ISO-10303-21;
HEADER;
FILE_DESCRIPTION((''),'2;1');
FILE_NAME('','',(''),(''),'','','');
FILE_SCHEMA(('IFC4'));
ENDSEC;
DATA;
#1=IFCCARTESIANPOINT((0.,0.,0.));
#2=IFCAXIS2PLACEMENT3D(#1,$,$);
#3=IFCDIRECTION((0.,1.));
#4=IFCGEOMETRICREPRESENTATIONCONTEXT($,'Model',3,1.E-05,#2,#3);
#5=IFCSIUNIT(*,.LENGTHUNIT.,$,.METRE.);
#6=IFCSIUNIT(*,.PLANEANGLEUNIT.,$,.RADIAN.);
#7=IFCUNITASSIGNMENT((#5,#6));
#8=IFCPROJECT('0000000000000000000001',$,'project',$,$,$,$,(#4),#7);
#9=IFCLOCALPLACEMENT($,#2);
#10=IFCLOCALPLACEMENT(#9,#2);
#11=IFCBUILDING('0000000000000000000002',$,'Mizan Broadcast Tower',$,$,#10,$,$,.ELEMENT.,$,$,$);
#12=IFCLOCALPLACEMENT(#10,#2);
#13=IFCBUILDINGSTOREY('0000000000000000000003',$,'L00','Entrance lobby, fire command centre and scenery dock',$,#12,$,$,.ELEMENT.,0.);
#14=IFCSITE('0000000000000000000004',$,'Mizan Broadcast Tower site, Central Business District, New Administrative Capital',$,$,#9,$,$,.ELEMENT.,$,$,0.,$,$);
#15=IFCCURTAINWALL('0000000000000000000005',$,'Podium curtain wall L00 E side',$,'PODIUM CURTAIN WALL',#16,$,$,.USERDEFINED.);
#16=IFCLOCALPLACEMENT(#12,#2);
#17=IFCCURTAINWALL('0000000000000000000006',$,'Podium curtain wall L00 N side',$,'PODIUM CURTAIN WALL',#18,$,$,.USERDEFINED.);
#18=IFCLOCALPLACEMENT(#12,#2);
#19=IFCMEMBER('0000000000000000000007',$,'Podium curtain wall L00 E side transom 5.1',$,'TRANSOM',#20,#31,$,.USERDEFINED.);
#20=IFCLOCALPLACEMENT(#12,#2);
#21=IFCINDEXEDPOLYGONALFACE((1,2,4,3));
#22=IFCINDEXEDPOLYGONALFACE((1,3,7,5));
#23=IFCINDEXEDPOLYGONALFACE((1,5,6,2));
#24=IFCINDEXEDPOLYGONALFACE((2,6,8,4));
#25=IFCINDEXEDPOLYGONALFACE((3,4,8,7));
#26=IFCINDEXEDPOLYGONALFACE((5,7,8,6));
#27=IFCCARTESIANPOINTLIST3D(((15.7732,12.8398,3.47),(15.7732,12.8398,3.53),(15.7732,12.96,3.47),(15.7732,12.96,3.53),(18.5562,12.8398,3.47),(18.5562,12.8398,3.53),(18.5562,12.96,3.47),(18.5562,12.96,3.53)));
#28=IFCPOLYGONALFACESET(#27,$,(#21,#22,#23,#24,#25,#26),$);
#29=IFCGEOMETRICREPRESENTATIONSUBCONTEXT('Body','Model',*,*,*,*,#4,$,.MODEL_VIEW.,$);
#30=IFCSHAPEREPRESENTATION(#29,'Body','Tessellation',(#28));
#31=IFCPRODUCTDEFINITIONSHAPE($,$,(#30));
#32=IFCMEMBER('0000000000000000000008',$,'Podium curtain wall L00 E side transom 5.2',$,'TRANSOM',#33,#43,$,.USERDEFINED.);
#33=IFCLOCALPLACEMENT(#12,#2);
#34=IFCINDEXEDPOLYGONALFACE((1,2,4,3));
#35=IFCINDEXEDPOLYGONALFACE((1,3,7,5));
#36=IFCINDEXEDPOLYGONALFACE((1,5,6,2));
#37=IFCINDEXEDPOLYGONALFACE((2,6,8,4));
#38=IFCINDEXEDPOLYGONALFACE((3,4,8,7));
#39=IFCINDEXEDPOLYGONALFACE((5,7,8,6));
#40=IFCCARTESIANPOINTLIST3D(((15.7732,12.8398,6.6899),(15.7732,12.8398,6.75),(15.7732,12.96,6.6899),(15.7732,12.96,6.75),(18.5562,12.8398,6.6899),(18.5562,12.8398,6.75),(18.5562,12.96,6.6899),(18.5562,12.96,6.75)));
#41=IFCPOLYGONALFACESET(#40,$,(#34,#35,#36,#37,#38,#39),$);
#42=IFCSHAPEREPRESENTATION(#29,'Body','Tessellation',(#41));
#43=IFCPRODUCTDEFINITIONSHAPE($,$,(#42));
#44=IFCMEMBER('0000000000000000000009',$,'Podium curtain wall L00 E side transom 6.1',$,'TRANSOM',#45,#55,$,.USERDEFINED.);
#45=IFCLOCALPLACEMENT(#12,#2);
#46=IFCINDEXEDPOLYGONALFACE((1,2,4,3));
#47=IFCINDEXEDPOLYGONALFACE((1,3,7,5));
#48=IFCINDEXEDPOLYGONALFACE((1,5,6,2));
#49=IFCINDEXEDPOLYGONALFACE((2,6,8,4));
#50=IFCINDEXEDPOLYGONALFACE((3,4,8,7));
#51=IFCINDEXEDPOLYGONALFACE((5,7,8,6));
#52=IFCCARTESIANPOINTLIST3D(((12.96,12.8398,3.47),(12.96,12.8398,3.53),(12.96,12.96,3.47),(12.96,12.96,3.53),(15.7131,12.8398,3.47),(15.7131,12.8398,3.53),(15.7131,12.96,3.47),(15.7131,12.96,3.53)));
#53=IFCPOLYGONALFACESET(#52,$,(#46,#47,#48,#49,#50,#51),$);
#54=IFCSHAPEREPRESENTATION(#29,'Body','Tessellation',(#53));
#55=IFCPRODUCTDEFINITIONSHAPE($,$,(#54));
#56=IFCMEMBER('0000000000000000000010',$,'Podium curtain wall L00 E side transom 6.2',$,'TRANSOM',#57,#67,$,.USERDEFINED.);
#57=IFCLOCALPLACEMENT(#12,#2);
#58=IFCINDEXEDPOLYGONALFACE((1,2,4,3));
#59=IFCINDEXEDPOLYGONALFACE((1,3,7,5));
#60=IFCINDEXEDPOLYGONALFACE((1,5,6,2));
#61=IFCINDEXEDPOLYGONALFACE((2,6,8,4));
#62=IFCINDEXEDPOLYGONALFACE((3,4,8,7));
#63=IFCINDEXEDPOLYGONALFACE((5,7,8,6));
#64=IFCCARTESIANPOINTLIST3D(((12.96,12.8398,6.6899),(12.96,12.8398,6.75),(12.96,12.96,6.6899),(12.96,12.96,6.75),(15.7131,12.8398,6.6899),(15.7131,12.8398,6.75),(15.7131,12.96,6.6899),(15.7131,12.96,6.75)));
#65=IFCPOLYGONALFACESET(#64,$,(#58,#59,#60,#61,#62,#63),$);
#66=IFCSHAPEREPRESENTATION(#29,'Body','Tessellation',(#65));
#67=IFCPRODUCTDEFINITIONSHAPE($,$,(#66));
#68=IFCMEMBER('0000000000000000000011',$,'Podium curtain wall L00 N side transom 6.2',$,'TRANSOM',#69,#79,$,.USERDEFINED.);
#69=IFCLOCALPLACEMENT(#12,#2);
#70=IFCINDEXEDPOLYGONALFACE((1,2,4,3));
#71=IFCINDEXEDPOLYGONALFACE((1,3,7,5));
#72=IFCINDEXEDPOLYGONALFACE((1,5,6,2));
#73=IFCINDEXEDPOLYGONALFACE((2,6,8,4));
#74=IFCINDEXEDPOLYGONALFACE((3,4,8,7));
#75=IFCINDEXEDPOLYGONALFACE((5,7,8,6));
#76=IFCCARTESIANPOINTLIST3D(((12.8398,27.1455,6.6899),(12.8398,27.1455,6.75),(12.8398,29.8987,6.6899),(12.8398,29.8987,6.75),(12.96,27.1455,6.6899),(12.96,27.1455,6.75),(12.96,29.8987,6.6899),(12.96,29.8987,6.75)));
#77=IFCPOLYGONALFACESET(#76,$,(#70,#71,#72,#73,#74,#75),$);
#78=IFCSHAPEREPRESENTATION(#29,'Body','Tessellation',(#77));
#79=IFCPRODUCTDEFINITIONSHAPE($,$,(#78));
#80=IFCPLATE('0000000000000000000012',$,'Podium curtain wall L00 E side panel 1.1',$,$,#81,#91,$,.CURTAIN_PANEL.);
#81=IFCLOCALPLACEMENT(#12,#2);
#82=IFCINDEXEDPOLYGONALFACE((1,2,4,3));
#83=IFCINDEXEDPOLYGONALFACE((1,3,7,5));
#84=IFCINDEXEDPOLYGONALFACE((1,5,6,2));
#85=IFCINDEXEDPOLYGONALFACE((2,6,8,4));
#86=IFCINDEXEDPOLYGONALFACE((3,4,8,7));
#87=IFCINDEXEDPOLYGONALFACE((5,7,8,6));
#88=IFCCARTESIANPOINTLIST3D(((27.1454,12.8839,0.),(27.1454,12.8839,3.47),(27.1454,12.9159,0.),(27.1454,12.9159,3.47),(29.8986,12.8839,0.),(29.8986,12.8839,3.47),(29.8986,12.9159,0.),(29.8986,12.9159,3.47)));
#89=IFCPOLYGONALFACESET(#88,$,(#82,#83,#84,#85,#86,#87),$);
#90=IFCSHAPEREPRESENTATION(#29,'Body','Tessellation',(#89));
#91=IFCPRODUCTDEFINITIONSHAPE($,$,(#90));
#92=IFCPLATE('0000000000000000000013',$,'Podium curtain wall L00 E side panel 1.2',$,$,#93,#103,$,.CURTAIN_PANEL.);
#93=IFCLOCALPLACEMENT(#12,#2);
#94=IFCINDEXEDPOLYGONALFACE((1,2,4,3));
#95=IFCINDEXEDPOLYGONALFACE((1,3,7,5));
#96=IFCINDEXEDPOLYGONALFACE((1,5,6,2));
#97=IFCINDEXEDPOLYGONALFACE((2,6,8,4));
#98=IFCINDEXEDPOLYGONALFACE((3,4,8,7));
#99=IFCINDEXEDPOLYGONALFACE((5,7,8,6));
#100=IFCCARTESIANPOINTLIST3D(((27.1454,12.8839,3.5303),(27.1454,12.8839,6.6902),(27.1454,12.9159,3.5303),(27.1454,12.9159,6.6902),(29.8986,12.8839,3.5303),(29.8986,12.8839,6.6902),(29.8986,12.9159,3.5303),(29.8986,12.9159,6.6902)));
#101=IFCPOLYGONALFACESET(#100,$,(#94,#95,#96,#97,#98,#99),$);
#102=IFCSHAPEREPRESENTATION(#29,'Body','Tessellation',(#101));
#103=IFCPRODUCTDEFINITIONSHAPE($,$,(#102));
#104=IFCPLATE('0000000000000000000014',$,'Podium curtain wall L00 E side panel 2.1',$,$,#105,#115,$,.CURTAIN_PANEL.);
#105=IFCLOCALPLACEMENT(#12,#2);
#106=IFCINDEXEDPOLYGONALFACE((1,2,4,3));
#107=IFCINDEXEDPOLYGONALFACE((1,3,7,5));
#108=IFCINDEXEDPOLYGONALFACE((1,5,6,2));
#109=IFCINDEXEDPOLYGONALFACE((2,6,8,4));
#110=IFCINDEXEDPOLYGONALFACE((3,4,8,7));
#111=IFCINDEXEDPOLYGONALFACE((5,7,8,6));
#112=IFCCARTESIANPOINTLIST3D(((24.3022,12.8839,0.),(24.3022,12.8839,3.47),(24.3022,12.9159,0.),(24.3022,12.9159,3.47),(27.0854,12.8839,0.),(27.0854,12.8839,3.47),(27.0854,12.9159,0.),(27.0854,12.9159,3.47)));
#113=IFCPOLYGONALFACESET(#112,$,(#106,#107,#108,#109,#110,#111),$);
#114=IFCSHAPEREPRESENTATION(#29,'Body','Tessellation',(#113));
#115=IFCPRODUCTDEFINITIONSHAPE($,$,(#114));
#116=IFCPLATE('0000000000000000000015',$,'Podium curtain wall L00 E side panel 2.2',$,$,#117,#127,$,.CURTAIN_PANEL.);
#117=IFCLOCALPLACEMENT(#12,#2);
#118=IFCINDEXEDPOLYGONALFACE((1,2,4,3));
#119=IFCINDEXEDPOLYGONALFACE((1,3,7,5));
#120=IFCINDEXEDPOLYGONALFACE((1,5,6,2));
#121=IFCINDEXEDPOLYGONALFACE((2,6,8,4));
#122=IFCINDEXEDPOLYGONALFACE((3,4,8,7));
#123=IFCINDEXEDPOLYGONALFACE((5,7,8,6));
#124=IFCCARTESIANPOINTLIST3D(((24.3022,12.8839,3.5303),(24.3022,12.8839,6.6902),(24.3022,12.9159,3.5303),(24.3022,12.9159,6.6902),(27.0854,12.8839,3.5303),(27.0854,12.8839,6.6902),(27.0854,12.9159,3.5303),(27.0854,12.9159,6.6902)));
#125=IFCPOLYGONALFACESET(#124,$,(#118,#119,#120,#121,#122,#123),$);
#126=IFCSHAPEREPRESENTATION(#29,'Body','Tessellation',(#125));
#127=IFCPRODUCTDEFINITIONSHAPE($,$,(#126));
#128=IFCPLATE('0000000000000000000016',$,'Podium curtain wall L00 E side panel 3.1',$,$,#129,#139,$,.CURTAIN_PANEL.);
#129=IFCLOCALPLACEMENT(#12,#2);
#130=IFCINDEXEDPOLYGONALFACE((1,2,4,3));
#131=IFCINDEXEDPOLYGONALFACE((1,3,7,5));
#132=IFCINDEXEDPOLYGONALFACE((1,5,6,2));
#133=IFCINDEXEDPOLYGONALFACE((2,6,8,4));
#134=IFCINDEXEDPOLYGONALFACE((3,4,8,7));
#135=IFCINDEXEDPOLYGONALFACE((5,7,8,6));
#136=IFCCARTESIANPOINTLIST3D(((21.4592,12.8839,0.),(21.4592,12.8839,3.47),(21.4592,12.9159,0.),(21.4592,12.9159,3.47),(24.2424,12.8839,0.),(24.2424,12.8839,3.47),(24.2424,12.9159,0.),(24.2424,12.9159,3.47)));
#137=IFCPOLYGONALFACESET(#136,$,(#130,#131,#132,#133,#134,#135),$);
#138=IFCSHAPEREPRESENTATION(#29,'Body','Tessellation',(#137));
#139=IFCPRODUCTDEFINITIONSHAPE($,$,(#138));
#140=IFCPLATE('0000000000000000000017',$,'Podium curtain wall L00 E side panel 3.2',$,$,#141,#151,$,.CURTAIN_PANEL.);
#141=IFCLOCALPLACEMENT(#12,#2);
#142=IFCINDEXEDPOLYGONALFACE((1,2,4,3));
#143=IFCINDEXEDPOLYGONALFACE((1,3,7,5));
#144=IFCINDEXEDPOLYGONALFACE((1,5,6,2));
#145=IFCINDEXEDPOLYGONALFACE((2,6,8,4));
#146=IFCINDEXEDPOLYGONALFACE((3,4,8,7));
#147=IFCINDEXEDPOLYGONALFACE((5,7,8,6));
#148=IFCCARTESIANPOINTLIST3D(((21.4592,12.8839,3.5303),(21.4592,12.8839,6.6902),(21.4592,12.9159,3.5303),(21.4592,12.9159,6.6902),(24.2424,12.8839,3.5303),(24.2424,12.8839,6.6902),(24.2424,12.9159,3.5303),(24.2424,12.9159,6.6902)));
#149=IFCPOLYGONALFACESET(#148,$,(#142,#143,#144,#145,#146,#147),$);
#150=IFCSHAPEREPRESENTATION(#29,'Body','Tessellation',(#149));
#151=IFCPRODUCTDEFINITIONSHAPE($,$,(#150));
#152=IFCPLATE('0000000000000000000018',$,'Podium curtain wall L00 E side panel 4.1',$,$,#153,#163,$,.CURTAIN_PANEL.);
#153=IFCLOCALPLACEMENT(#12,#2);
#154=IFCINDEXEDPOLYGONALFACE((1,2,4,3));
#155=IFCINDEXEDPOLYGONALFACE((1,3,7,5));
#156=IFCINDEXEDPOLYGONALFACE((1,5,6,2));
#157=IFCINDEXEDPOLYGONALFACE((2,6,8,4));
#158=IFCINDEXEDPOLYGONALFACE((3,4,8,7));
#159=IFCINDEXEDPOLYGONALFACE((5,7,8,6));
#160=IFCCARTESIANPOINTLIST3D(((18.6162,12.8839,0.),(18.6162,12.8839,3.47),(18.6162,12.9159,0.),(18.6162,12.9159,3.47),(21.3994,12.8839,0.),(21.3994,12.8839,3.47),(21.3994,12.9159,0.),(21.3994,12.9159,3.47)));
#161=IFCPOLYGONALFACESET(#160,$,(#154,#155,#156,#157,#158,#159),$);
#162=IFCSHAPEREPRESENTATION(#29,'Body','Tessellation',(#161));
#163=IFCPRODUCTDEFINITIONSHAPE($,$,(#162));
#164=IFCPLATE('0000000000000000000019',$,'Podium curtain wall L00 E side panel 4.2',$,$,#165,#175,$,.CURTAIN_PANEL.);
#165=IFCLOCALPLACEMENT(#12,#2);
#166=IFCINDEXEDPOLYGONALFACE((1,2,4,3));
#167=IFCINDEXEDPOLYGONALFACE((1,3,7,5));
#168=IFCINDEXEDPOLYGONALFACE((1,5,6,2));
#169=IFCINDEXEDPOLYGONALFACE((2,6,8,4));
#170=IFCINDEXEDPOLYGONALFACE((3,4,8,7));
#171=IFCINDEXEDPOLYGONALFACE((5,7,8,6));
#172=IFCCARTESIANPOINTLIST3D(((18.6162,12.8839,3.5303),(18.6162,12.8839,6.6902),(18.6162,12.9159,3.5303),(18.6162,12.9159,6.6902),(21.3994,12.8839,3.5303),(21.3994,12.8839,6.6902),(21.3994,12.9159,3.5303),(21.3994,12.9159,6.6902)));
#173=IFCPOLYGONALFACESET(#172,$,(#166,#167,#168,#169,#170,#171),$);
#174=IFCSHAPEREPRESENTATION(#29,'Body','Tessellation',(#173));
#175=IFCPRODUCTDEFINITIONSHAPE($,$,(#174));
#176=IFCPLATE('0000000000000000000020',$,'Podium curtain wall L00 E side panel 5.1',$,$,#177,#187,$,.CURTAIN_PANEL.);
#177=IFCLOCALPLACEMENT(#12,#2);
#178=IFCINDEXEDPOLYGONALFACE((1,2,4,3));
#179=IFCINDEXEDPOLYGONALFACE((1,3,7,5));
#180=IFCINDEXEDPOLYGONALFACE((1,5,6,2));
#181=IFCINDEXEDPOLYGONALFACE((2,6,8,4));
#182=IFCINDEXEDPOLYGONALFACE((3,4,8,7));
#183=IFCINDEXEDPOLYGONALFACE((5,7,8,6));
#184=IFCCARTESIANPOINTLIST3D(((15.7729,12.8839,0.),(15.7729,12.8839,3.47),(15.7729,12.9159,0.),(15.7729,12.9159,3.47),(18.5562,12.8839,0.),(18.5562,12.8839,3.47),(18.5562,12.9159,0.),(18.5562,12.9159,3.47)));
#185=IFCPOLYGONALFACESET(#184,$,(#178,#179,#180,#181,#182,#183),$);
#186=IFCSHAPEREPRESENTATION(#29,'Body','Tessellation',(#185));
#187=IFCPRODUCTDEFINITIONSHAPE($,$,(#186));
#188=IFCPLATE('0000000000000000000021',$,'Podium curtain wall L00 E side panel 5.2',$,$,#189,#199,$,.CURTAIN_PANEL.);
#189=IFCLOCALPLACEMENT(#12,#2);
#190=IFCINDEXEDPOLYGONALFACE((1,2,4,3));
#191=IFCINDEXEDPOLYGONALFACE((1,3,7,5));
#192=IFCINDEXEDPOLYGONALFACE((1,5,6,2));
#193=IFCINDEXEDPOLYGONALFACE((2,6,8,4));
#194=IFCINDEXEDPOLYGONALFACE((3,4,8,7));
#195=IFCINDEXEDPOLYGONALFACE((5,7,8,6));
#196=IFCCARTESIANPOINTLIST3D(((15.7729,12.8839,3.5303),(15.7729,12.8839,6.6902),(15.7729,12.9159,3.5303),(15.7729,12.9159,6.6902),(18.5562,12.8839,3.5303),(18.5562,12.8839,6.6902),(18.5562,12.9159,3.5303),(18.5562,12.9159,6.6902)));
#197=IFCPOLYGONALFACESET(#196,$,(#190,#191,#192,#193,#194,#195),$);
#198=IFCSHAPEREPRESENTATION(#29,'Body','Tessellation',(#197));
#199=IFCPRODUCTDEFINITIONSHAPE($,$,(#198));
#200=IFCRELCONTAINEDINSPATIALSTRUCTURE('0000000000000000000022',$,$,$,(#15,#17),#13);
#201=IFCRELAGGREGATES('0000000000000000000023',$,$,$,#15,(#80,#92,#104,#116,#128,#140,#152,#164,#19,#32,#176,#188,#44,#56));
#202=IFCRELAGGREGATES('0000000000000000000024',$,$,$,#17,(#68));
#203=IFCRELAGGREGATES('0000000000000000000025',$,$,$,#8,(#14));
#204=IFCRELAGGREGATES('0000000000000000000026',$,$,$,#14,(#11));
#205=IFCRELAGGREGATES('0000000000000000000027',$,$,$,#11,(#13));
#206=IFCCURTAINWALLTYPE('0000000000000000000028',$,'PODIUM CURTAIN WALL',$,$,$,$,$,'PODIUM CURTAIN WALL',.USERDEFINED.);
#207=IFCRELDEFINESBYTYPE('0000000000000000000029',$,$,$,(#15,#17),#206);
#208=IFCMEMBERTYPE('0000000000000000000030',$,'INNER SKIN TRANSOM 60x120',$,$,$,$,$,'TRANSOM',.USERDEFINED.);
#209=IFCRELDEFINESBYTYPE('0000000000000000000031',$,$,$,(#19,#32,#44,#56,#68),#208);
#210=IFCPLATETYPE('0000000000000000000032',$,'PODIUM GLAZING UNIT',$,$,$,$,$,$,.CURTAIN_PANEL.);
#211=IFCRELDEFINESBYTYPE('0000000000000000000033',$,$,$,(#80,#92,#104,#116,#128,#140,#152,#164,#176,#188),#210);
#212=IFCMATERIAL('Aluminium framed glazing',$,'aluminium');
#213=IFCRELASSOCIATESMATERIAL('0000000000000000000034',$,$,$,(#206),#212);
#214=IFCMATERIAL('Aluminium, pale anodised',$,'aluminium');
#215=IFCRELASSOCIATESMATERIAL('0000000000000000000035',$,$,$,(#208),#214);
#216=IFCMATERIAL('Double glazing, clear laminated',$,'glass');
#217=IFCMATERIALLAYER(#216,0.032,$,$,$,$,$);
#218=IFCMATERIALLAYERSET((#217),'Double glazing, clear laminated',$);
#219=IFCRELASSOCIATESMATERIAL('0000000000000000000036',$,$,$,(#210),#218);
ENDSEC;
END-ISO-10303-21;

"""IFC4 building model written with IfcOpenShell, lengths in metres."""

from ifc_helpers import new_model, si_unit, direction, frame, origin, origin_2d, place, context, subcontext, project, spatial, rectangle, extrude, material, layer, layer_set, material_profile, profile_set, type_object, element, aggregate, save


model = new_model("IFC4")

# Units and contexts
model_context = context("Model", 3, precision=1e-05, world=origin(), true_north=direction((0.0, 1.0)))
body_context = subcontext(model_context, "Body", "Model", "MODEL_VIEW")
ifc_project = project(units=[si_unit("LENGTHUNIT", "METRE"), si_unit("PLANEANGLEUNIT", "RADIAN")], contexts=[model_context])

# Site, building, storey
site_placement = place(None, origin())
site = spatial("IfcSite", under=ifc_project, at=site_placement, Name="Mizan Broadcast Tower site, Central Business District, New Administrative Capital", CompositionType="ELEMENT", RefElevation=0.0)
building_placement = place(site_placement, origin())
building = spatial("IfcBuilding", under=site, at=building_placement, Name="Mizan Broadcast Tower", CompositionType="ELEMENT")
storey_placement = place(building_placement, origin())
storey = spatial("IfcBuildingStorey", under=building, at=storey_placement, Name="L00", Description="Entrance lobby, fire command centre and scenery dock", CompositionType="ELEMENT", Elevation=0.0)

# Curtain wall
ifc_material_1 = material(Name="Aluminium framed glazing", Category="aluminium")
curtain_wall_type = type_object("IfcCurtainWallType", Name="PODIUM CURTAIN WALL", ElementType="PODIUM CURTAIN WALL", PredefinedType="USERDEFINED", material=ifc_material_1)
curtain_wall_1_placement = place(storey_placement, origin())
curtain_wall_1 = element("IfcCurtainWall", 1, at=curtain_wall_1_placement, inside=storey, type_object=curtain_wall_type, Name="Podium curtain wall L00 E side", ObjectType="PODIUM CURTAIN WALL", PredefinedType="USERDEFINED")

# Curtain wall
curtain_wall_2_placement = place(storey_placement, origin())
curtain_wall_2 = element("IfcCurtainWall", 2, at=curtain_wall_2_placement, inside=storey, type_object=curtain_wall_type, Name="Podium curtain wall L00 N side", ObjectType="PODIUM CURTAIN WALL", PredefinedType="USERDEFINED")

# Members
ifc_material_2 = material(Name="Aluminium, pale anodised", Category="aluminium")
ifc_material_profile_1 = material_profile(ifc_material_2, rectangle(XDim=0.1201, YDim=0.0601, at=origin_2d()), Name="TRANSOM 120x60")
ifc_profile_set_1 = profile_set([ifc_material_profile_1], Name="Aluminium, pale anodised")
member_type_1 = type_object("IfcMemberType", Name="INNER SKIN TRANSOM 60x120", ElementType="TRANSOM", PredefinedType="USERDEFINED", material=ifc_profile_set_1)
member_1_placement = place(storey_placement, frame((18.5562, 12.8999, 3.5), z_axis=(-1.0, 0.0, 0.0), x_axis=(0.0, -1.0, 0.0)))
member_1 = element("IfcMember", 3, at=member_1_placement, type_object=member_type_1, Name="Podium curtain wall L00 E side transom 5.1", ObjectType="TRANSOM", PredefinedType="USERDEFINED", context=body_context, shape_type="SweptSolid", body=[
    extrude(rectangle(XDim=0.1201, YDim=0.0601, at=origin_2d()), origin(), (0.0, 0.0, 1.0), 2.783),
])
member_2_placement = place(storey_placement, frame((18.5562, 12.8999, 6.72), z_axis=(-1.0, 0.0, 0.0), x_axis=(0.0, -1.0, 0.0)))
member_2 = element("IfcMember", 4, at=member_2_placement, type_object=member_type_1, Name="Podium curtain wall L00 E side transom 5.2", ObjectType="TRANSOM", PredefinedType="USERDEFINED", context=body_context, shape_type="SweptSolid", body=[
    extrude(rectangle(XDim=0.1201, YDim=0.0601, at=origin_2d()), origin(), (0.0, 0.0, 1.0), 2.783),
])
member_3_placement = place(storey_placement, frame((15.7131, 12.8999, 3.5), z_axis=(-1.0, 0.0, 0.0), x_axis=(0.0, -1.0, 0.0)))
member_3 = element("IfcMember", 5, at=member_3_placement, type_object=member_type_1, Name="Podium curtain wall L00 E side transom 6.1", ObjectType="TRANSOM", PredefinedType="USERDEFINED", context=body_context, shape_type="SweptSolid", body=[
    extrude(rectangle(XDim=0.1201, YDim=0.0601, at=origin_2d()), origin(), (0.0, 0.0, 1.0), 2.7532),
])
member_4_placement = place(storey_placement, frame((15.7131, 12.8999, 6.72), z_axis=(-1.0, 0.0, 0.0), x_axis=(0.0, -1.0, 0.0)))
member_4 = element("IfcMember", 6, at=member_4_placement, type_object=member_type_1, Name="Podium curtain wall L00 E side transom 6.2", ObjectType="TRANSOM", PredefinedType="USERDEFINED", context=body_context, shape_type="SweptSolid", body=[
    extrude(rectangle(XDim=0.1201, YDim=0.0601, at=origin_2d()), origin(), (0.0, 0.0, 1.0), 2.7532),
])
member_5_placement = place(storey_placement, frame((12.8999, 27.1455, 6.72), z_axis=(0.0, 1.0, 0.0), x_axis=(-1.0, 0.0, 0.0)))
member_5 = element("IfcMember", 7, at=member_5_placement, type_object=member_type_1, Name="Podium curtain wall L00 N side transom 6.2", ObjectType="TRANSOM", PredefinedType="USERDEFINED", context=body_context, shape_type="SweptSolid", body=[
    extrude(rectangle(XDim=0.1201, YDim=0.0601, at=origin_2d()), origin(), (0.0, 0.0, 1.0), 2.7532),
])

# Plates
ifc_material_3 = material(Name="Double glazing, clear laminated", Category="glass")
ifc_layer_1 = layer(ifc_material_3, 0.032)
ifc_layer_set_1 = layer_set([ifc_layer_1], Name="Double glazing, clear laminated")
plate_type = type_object("IfcPlateType", Name="PODIUM GLAZING UNIT", PredefinedType="CURTAIN_PANEL", material=ifc_layer_set_1)
plate_1_placement = place(storey_placement, frame((28.522, 12.8999, 0.0), z_axis=(0.0, 0.0, 1.0), x_axis=(-1.0, 0.0, 0.0)))
plate_1 = element("IfcPlate", 8, at=plate_1_placement, type_object=plate_type, Name="Podium curtain wall L00 E side panel 1.1", PredefinedType="CURTAIN_PANEL", context=body_context, shape_type="SweptSolid", body=[
    extrude(rectangle(XDim=2.7532, YDim=0.032, at=origin_2d()), origin(), (0.0, 0.0, 1.0), 3.47),
])
plate_2_placement = place(storey_placement, frame((28.522, 12.8999, 3.5303), z_axis=(0.0, 0.0, 1.0), x_axis=(-1.0, 0.0, 0.0)))
plate_2 = element("IfcPlate", 9, at=plate_2_placement, type_object=plate_type, Name="Podium curtain wall L00 E side panel 1.2", PredefinedType="CURTAIN_PANEL", context=body_context, shape_type="SweptSolid", body=[
    extrude(rectangle(XDim=2.7532, YDim=0.032, at=origin_2d()), origin(), (0.0, 0.0, 1.0), 3.1599),
])
plate_3_placement = place(storey_placement, frame((25.6938, 12.8999, 0.0), z_axis=(0.0, 0.0, 1.0), x_axis=(-1.0, 0.0, 0.0)))
plate_3 = element("IfcPlate", 10, at=plate_3_placement, type_object=plate_type, Name="Podium curtain wall L00 E side panel 2.1", PredefinedType="CURTAIN_PANEL", context=body_context, shape_type="SweptSolid", body=[
    extrude(rectangle(XDim=2.7832, YDim=0.032, at=origin_2d()), origin(), (0.0, 0.0, 1.0), 3.47),
])
plate_4_placement = place(storey_placement, frame((25.6938, 12.8999, 3.5303), z_axis=(0.0, 0.0, 1.0), x_axis=(-1.0, 0.0, 0.0)))
plate_4 = element("IfcPlate", 11, at=plate_4_placement, type_object=plate_type, Name="Podium curtain wall L00 E side panel 2.2", PredefinedType="CURTAIN_PANEL", context=body_context, shape_type="SweptSolid", body=[
    extrude(rectangle(XDim=2.7832, YDim=0.032, at=origin_2d()), origin(), (0.0, 0.0, 1.0), 3.1599),
])
plate_5_placement = place(storey_placement, frame((22.8508, 12.8999, 0.0), z_axis=(0.0, 0.0, 1.0), x_axis=(-1.0, 0.0, 0.0)))
plate_5 = element("IfcPlate", 12, at=plate_5_placement, type_object=plate_type, Name="Podium curtain wall L00 E side panel 3.1", PredefinedType="CURTAIN_PANEL", context=body_context, shape_type="SweptSolid", body=[
    extrude(rectangle(XDim=2.7832, YDim=0.032, at=origin_2d()), origin(), (0.0, 0.0, 1.0), 3.47),
])
plate_6_placement = place(storey_placement, frame((22.8508, 12.8999, 3.5303), z_axis=(0.0, 0.0, 1.0), x_axis=(-1.0, 0.0, 0.0)))
plate_6 = element("IfcPlate", 13, at=plate_6_placement, type_object=plate_type, Name="Podium curtain wall L00 E side panel 3.2", PredefinedType="CURTAIN_PANEL", context=body_context, shape_type="SweptSolid", body=[
    extrude(rectangle(XDim=2.7832, YDim=0.032, at=origin_2d()), origin(), (0.0, 0.0, 1.0), 3.1599),
])
plate_7_placement = place(storey_placement, frame((20.0078, 12.8999, 0.0), z_axis=(0.0, 0.0, 1.0), x_axis=(-1.0, 0.0, 0.0)))
plate_7 = element("IfcPlate", 14, at=plate_7_placement, type_object=plate_type, Name="Podium curtain wall L00 E side panel 4.1", PredefinedType="CURTAIN_PANEL", context=body_context, shape_type="SweptSolid", body=[
    extrude(rectangle(XDim=2.7832, YDim=0.032, at=origin_2d()), origin(), (0.0, 0.0, 1.0), 3.47),
])
plate_8_placement = place(storey_placement, frame((20.0078, 12.8999, 3.5303), z_axis=(0.0, 0.0, 1.0), x_axis=(-1.0, 0.0, 0.0)))
plate_8 = element("IfcPlate", 15, at=plate_8_placement, type_object=plate_type, Name="Podium curtain wall L00 E side panel 4.2", PredefinedType="CURTAIN_PANEL", context=body_context, shape_type="SweptSolid", body=[
    extrude(rectangle(XDim=2.7832, YDim=0.032, at=origin_2d()), origin(), (0.0, 0.0, 1.0), 3.1599),
])
plate_9_placement = place(storey_placement, frame((17.1646, 12.8999, 0.0), z_axis=(0.0, 0.0, 1.0), x_axis=(-1.0, 0.0, 0.0)))
plate_9 = element("IfcPlate", 16, at=plate_9_placement, type_object=plate_type, Name="Podium curtain wall L00 E side panel 5.1", PredefinedType="CURTAIN_PANEL", context=body_context, shape_type="SweptSolid", body=[
    extrude(rectangle(XDim=2.7832, YDim=0.032, at=origin_2d()), origin(), (0.0, 0.0, 1.0), 3.47),
])
plate_10_placement = place(storey_placement, frame((17.1646, 12.8999, 3.5303), z_axis=(0.0, 0.0, 1.0), x_axis=(-1.0, 0.0, 0.0)))
plate_10 = element("IfcPlate", 17, at=plate_10_placement, type_object=plate_type, Name="Podium curtain wall L00 E side panel 5.2", PredefinedType="CURTAIN_PANEL", context=body_context, shape_type="SweptSolid", body=[
    extrude(rectangle(XDim=2.7832, YDim=0.032, at=origin_2d()), origin(), (0.0, 0.0, 1.0), 3.1599),
])
aggregate(curtain_wall_1, [plate_1, plate_2, plate_3, plate_4, plate_5, plate_6, plate_7, plate_8, member_1, member_2, plate_9, plate_10, member_3, member_4])
aggregate(curtain_wall_2, [member_5])

save(model, "model.ifc")
